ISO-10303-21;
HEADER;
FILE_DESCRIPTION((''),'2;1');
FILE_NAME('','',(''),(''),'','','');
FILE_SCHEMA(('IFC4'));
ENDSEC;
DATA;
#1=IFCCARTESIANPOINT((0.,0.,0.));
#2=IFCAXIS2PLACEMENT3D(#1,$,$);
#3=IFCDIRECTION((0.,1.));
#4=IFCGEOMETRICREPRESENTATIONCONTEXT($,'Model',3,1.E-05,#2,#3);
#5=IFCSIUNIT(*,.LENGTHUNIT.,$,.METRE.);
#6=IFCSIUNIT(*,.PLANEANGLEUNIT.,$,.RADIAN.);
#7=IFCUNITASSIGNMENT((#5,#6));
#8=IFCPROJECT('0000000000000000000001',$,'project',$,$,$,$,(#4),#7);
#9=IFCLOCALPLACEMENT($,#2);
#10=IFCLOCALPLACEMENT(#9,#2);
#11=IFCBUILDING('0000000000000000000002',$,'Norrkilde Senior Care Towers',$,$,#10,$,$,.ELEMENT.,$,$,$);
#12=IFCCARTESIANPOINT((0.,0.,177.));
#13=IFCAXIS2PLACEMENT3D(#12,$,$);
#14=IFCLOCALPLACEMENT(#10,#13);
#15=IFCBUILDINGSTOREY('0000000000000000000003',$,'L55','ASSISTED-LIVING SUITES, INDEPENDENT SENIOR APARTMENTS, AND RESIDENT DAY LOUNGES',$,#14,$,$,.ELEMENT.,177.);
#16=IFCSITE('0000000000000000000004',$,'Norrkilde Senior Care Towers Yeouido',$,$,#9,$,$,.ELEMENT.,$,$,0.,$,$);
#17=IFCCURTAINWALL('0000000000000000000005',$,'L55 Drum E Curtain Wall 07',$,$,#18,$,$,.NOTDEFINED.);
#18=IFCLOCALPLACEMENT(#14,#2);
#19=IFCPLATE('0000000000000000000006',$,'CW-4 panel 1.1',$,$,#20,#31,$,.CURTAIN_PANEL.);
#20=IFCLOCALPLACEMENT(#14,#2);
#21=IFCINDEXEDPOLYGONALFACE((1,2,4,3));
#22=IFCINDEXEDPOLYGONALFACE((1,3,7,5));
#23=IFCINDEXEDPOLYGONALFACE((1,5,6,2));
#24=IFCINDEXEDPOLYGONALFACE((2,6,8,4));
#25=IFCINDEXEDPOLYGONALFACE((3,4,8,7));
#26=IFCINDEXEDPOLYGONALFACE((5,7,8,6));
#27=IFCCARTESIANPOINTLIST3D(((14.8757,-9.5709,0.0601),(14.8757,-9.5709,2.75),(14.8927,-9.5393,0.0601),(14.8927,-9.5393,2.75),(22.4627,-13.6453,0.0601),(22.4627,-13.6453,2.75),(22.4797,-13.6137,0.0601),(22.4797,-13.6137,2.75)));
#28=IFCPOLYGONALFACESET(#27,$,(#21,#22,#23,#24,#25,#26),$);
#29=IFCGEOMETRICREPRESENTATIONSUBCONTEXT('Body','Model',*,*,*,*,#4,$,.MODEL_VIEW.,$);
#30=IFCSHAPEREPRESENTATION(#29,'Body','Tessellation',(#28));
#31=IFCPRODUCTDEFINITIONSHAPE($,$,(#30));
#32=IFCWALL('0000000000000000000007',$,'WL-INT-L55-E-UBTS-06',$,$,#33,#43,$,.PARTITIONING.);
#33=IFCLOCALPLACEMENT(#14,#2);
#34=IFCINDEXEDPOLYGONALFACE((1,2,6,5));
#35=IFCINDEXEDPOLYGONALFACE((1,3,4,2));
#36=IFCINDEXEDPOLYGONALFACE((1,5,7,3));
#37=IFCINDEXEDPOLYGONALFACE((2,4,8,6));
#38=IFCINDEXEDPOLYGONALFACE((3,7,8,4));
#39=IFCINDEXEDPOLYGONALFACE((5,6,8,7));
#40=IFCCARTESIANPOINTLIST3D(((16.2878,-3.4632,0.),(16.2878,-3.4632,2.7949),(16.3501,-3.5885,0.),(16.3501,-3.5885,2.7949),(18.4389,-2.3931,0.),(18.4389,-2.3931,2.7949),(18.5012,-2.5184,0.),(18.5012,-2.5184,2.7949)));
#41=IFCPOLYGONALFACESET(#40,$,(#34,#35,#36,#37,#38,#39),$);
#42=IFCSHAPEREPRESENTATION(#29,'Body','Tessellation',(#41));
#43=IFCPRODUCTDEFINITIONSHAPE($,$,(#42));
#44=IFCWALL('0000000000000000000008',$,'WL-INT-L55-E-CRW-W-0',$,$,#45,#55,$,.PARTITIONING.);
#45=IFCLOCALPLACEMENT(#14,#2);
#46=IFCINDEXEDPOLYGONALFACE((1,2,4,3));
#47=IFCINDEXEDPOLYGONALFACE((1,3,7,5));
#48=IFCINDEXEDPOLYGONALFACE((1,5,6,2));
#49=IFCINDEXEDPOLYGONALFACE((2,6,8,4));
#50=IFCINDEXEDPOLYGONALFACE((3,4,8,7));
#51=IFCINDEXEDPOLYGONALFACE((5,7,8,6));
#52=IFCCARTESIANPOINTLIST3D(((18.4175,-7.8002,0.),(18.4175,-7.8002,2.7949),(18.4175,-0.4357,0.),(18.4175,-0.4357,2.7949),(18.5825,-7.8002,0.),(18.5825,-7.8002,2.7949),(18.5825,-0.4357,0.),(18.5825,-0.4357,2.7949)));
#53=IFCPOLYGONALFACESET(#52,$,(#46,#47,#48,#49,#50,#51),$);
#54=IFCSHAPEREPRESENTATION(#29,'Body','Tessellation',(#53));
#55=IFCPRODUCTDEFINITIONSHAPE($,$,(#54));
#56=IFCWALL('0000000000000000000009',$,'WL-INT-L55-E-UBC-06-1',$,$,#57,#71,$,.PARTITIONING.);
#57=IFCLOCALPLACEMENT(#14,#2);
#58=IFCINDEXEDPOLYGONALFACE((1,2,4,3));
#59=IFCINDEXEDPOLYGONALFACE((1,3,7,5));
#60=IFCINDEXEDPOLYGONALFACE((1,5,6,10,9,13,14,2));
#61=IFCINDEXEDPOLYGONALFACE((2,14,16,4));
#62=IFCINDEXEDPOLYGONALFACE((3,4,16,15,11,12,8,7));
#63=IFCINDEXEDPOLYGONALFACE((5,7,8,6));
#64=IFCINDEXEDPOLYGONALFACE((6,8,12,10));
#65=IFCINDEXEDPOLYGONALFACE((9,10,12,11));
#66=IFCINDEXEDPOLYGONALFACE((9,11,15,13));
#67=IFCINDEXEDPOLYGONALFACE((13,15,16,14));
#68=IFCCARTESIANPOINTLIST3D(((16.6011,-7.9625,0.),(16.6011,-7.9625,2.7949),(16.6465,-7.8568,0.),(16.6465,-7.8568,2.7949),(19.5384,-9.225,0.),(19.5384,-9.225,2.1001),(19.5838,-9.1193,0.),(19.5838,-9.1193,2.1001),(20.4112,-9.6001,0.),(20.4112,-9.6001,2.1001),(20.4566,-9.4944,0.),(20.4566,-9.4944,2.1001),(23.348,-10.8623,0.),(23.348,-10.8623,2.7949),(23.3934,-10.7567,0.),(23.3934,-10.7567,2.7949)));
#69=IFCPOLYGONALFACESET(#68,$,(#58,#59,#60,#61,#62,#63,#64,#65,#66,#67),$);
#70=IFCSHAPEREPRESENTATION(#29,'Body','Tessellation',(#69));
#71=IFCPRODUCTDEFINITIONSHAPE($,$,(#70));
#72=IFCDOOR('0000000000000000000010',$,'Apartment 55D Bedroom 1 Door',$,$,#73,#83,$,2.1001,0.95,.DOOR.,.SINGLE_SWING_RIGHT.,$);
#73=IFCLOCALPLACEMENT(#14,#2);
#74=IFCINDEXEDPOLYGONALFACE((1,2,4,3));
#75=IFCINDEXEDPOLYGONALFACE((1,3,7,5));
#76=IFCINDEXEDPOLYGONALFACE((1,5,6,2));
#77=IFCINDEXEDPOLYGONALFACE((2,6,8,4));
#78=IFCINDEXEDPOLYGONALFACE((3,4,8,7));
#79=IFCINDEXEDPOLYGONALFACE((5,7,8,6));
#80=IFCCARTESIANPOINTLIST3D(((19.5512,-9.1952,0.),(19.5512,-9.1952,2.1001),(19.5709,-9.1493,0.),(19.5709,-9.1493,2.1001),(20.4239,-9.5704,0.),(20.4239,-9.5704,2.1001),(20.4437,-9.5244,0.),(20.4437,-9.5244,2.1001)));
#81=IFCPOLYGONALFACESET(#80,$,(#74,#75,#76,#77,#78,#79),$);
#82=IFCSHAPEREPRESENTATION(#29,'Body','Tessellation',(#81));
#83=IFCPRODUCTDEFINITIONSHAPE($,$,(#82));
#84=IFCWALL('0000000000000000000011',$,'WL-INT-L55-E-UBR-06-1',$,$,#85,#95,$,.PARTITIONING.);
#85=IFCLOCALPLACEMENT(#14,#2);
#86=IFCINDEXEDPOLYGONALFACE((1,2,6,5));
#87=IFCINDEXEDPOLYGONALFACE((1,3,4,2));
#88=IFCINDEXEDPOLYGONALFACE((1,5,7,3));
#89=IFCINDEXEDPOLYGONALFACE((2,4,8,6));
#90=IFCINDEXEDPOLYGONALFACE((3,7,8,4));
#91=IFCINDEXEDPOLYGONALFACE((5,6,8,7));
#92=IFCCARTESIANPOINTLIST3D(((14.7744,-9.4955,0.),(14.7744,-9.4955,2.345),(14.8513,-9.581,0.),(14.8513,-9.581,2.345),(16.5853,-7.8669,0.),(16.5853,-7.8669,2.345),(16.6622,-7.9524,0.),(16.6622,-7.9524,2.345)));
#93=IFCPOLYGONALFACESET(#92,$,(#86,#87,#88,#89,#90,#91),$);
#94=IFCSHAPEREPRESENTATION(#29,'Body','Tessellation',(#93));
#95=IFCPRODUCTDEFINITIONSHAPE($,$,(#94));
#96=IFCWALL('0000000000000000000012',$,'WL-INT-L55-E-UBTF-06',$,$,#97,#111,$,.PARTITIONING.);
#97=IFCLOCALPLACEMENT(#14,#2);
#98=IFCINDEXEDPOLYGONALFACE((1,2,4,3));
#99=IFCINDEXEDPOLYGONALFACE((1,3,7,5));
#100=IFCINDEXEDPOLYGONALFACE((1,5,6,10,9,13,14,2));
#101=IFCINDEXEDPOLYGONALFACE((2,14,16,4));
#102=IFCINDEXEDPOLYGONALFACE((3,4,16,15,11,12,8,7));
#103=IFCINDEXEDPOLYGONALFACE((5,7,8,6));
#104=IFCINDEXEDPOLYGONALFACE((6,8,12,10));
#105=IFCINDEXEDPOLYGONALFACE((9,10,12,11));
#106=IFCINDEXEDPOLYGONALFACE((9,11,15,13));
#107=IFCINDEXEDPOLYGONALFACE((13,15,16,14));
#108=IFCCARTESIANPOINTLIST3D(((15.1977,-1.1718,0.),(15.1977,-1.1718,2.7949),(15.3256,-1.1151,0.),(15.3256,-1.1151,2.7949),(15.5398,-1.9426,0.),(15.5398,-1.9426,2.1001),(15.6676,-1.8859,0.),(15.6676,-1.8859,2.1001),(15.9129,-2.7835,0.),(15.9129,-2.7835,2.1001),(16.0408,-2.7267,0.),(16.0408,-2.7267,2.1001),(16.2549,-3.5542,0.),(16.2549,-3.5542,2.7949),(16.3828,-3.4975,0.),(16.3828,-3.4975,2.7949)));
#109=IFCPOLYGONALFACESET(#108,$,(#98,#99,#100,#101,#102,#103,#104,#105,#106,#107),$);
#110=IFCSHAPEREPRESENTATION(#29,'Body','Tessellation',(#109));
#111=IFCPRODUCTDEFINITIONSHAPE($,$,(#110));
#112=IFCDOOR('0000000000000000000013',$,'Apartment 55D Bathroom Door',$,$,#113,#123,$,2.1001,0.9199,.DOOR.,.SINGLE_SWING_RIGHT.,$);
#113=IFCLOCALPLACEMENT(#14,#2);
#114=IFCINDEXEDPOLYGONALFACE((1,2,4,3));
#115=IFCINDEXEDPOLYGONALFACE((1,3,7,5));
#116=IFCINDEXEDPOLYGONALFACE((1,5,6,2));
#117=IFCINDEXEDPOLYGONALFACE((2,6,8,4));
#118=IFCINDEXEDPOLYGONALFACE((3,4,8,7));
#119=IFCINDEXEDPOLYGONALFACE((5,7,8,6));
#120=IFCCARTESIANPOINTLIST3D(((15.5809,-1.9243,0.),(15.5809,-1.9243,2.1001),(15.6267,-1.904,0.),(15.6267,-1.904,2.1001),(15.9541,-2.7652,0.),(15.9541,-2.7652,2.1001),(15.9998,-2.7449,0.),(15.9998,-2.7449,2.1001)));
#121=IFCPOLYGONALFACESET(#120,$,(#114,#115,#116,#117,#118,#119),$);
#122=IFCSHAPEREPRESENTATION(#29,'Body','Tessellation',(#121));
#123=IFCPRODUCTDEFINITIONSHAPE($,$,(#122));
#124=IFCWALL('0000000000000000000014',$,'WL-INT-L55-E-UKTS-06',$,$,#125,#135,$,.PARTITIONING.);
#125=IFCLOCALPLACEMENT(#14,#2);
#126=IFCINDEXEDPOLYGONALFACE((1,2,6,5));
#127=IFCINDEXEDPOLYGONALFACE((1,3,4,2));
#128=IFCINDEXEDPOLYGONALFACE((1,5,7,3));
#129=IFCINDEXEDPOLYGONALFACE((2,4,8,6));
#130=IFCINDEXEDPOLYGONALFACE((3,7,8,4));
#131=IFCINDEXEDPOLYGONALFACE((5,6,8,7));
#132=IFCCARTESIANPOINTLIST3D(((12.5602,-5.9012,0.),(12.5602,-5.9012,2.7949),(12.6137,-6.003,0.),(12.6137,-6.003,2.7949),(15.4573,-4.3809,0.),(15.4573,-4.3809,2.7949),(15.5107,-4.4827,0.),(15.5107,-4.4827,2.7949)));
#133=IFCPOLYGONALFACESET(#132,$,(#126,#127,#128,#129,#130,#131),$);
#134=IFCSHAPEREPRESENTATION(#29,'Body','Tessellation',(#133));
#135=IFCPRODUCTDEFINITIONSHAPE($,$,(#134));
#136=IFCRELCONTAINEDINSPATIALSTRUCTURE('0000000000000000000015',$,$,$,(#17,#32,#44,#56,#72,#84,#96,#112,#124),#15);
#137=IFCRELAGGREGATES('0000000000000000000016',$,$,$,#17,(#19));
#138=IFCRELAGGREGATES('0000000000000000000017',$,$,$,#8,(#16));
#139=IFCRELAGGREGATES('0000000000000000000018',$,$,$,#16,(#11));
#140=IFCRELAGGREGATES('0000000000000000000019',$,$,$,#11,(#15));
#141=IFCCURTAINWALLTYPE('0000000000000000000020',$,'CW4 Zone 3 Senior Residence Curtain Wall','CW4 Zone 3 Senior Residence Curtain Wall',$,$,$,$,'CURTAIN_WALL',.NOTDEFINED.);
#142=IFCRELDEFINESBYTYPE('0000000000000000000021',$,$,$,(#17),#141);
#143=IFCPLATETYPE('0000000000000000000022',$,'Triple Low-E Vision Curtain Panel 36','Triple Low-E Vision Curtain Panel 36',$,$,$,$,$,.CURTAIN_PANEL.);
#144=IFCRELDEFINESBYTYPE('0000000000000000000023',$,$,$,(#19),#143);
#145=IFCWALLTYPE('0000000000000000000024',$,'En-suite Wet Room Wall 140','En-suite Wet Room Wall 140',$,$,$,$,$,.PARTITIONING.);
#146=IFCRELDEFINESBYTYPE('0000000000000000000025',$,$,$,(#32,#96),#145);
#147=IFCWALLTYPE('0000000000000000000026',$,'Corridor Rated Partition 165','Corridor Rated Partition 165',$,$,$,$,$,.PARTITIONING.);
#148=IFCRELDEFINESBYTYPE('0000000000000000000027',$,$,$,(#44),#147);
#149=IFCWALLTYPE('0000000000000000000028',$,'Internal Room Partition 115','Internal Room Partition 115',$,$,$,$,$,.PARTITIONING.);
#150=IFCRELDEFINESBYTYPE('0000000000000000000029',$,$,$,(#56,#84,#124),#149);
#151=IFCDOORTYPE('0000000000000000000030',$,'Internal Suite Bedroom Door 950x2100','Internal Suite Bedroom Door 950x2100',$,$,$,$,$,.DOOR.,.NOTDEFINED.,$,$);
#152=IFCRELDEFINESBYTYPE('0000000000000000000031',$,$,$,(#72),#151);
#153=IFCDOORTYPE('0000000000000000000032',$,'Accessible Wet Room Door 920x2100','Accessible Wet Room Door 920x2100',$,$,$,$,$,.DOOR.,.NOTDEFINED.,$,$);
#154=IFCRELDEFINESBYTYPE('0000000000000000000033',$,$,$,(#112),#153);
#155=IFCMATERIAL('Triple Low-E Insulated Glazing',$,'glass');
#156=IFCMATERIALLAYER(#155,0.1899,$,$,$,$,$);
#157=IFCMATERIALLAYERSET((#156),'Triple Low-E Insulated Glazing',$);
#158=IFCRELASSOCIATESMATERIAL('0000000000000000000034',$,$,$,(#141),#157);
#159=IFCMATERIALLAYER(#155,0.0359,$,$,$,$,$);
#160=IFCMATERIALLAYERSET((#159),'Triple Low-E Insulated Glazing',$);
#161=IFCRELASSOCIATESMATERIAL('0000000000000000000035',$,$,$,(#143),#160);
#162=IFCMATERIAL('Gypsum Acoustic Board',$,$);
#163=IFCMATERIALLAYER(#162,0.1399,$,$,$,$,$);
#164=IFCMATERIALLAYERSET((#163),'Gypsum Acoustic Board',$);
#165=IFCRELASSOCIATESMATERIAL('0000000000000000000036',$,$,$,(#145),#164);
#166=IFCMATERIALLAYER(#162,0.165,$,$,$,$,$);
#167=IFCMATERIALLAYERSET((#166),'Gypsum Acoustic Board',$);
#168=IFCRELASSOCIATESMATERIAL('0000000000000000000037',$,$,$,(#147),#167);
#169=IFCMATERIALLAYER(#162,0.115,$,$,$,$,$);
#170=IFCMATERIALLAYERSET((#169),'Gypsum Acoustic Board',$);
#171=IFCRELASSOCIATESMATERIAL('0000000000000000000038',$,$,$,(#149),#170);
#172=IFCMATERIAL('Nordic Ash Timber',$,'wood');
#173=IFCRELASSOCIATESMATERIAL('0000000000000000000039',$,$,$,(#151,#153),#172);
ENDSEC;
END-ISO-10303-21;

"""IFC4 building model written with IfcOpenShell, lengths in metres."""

from ifc_helpers import new_model, si_unit, direction, frame, frame_2d, origin, origin_2d, place, context, subcontext, project, spatial, rectangle, extrude, source, transform, mapped, material, layer, layer_set, type_object, type_shapes, element, fill, aggregate, save


model = new_model("IFC4")

# Units and contexts
model_context = context("Model", 3, precision=1e-05, world=origin(), true_north=direction((0.0, 1.0)))
body_context = subcontext(model_context, "Body", "Model", "MODEL_VIEW")
ifc_project = project(units=[si_unit("LENGTHUNIT", "METRE"), si_unit("PLANEANGLEUNIT", "RADIAN")], contexts=[model_context])

# Site, building, storey
site_placement = place(None, origin())
site = spatial("IfcSite", under=ifc_project, at=site_placement, Name="Norrkilde Senior Care Towers Yeouido", CompositionType="ELEMENT", RefElevation=0.0)
building_placement = place(site_placement, origin())
building = spatial("IfcBuilding", under=site, at=building_placement, Name="Norrkilde Senior Care Towers", CompositionType="ELEMENT")
storey_placement = place(building_placement, frame((0.0, 0.0, 177.0)))
storey = spatial("IfcBuildingStorey", under=building, at=storey_placement, Name="L55", Description="ASSISTED-LIVING SUITES, INDEPENDENT SENIOR APARTMENTS, AND RESIDENT DAY LOUNGES", CompositionType="ELEMENT", Elevation=177.0)

# Shared definitions
ifc_material_1 = material(Name="Triple Low-E Insulated Glazing", Category="glass")
ifc_layer_1 = layer(ifc_material_1, 0.1899)
ifc_layer_set_1 = layer_set([ifc_layer_1], Name="Triple Low-E Insulated Glazing")
curtain_wall_type = type_object("IfcCurtainWallType", Name="CW4 Zone 3 Senior Residence Curtain Wall", Description="CW4 Zone 3 Senior Residence Curtain Wall", ElementType="CURTAIN_WALL", PredefinedType="NOTDEFINED", material=ifc_layer_set_1)

# Curtain wall
curtain_wall_1_placement = place(storey_placement, origin())
curtain_wall_1 = element("IfcCurtainWall", 1, at=curtain_wall_1_placement, inside=storey, type_object=curtain_wall_type, Name="L55 Drum E Curtain Wall 07", PredefinedType="NOTDEFINED")

# Plate
ifc_layer_2 = layer(ifc_material_1, 0.0359)
ifc_layer_set_2 = layer_set([ifc_layer_2], Name="Triple Low-E Insulated Glazing")
plate_type = type_object("IfcPlateType", Name="Triple Low-E Vision Curtain Panel 36", Description="Triple Low-E Vision Curtain Panel 36", PredefinedType="CURTAIN_PANEL", material=ifc_layer_set_2)
shared_shape_1 = source(origin(), body_context, "Body", "SweptSolid", [
    extrude(rectangle(XDim=8.6118, YDim=0.0359, at=origin_2d()), origin(), (0.0, 0.0, 1.0), 2.6899),
])
plate_1_placement = place(storey_placement, frame((18.6777, -11.5923, 0.0601), z_axis=(0.0, 0.0, 1.0), x_axis=(-0.881, 0.473117, 0.0)))
plate_1 = element("IfcPlate", 2, at=plate_1_placement, type_object=plate_type, Name="CW-4 panel 1.1", PredefinedType="CURTAIN_PANEL", context=body_context, shape_type="MappedRepresentation", body=[
    mapped(shared_shape_1, transform((0.0, 0.0, 0.0), x_axis=(1.0, 0.0, 0.0), y_axis=(0.0, 1.0, 0.0), z_axis=(0.0, 0.0, 1.0), scale=1.0)),
])
aggregate(curtain_wall_1, [plate_1])

# Walls
ifc_material_2 = material(Name="Gypsum Acoustic Board")
ifc_layer_3 = layer(ifc_material_2, 0.1399)
ifc_layer_set_3 = layer_set([ifc_layer_3], Name="Gypsum Acoustic Board")
wall_type_1 = type_object("IfcWallType", Name="En-suite Wet Room Wall 140", Description="En-suite Wet Room Wall 140", PredefinedType="PARTITIONING", material=ifc_layer_set_3)
shared_shape_2 = source(origin(), body_context, "Body", "SweptSolid", [
    extrude(rectangle(XDim=2.4026, YDim=0.1399, at=frame_2d((1.2012, 0.0))), origin(), (0.0, 0.0, 1.0), 2.7949),
])
wall_1_placement = place(storey_placement, frame((18.47, -2.4558, 0.0), z_axis=(0.0, 0.0, 1.0), x_axis=(-0.89534, -0.445384, 0.0)))
element("IfcWall", 3, at=wall_1_placement, inside=storey, type_object=wall_type_1, Name="WL-INT-L55-E-UBTS-06", PredefinedType="PARTITIONING", context=body_context, shape_type="MappedRepresentation", body=[
    mapped(shared_shape_2, transform((0.0, 0.0, 0.0), x_axis=(1.0, 0.0, 0.0), y_axis=(0.0, 1.0, 0.0), z_axis=(0.0, 0.0, 1.0), scale=1.0)),
])
ifc_layer_4 = layer(ifc_material_2, 0.165)
ifc_layer_set_4 = layer_set([ifc_layer_4], Name="Gypsum Acoustic Board")
wall_type_2 = type_object("IfcWallType", Name="Corridor Rated Partition 165", Description="Corridor Rated Partition 165", PredefinedType="PARTITIONING", material=ifc_layer_set_4)
shared_shape_3 = source(origin(), body_context, "Body", "SweptSolid", [
    extrude(rectangle(XDim=7.3645, YDim=0.165, at=frame_2d((3.6821, 0.0))), origin(), (0.0, 0.0, 1.0), 2.7949),
])
type_shapes(wall_type_2, [shared_shape_3])
wall_2_placement = place(storey_placement, frame((18.5, -7.8, 0.0), z_axis=(0.0, 0.0, 1.0), x_axis=(0.0, 1.0, 0.0)))
element("IfcWall", 4, at=wall_2_placement, inside=storey, type_object=wall_type_2, Name="WL-INT-L55-E-CRW-W-0", PredefinedType="PARTITIONING", context=body_context, shape_type="MappedRepresentation", body=[
    mapped(shared_shape_3, transform((0.0, 0.0, 0.0), x_axis=(1.0, 0.0, 0.0), y_axis=(0.0, 1.0, 0.0), z_axis=(0.0, 0.0, 1.0), scale=1.0)),
])

# Wall, opening, door
ifc_layer_5 = layer(ifc_material_2, 0.115)
ifc_layer_set_5 = layer_set([ifc_layer_5], Name="Gypsum Acoustic Board")
wall_type_3 = type_object("IfcWallType", Name="Internal Room Partition 115", Description="Internal Room Partition 115", PredefinedType="PARTITIONING", material=ifc_layer_set_5)
shared_shape_4 = source(origin(), body_context, "Body", "SweptSolid", [
    extrude(rectangle(XDim=7.3438, YDim=0.115, at=frame_2d((3.6719, 0.0))), origin(), (0.0, 0.0, 1.0), 2.7949),
])
wall_3_placement = place(storey_placement, frame((16.6238, -7.9097, 0.0), z_axis=(0.0, 0.0, 1.0), x_axis=(0.918735, -0.394874, 0.0)))
wall_3 = element("IfcWall", 5, at=wall_3_placement, inside=storey, type_object=wall_type_3, Name="WL-INT-L55-E-UBC-06-1", PredefinedType="PARTITIONING", context=body_context, shape_type="MappedRepresentation", body=[
    mapped(shared_shape_4, transform((0.0, 0.0, 0.0), x_axis=(1.0, 0.0, 0.0), y_axis=(0.0, 1.0, 0.0), z_axis=(0.0, 0.0, 1.0), scale=1.0)),
])
opening_1_placement = place(wall_3_placement, frame((3.197, 0.0, 0.0)))
opening_1 = element("IfcOpeningElement", 6, at=opening_1_placement, cuts=wall_3, PredefinedType="OPENING", context=body_context, shape_type="SweptSolid", body=[
    extrude(rectangle(XDim=0.95, YDim=2.1001, at=frame_2d((0.4751, 1.05))), frame((0.0, 0.0674, 0.0), z_axis=(0.0, -1.0, 0.0), x_axis=(1.0, 0.0, 0.0)), (0.0, 0.0, 1.0), 0.135),
])
ifc_material_3 = material(Name="Nordic Ash Timber", Category="wood")
door_type_1 = type_object("IfcDoorType", Name="Internal Suite Bedroom Door 950x2100", Description="Internal Suite Bedroom Door 950x2100", OperationType="NOTDEFINED", PredefinedType="DOOR", material=ifc_material_3)
shared_shape_5 = source(origin(), body_context, "Body", "SweptSolid", [
    extrude(rectangle(XDim=0.95, YDim=2.1001, at=frame_2d((0.4751, 1.05))), frame((0.0, 0.0249, 0.0), z_axis=(0.0, -1.0, 0.0), x_axis=(1.0, 0.0, 0.0)), (0.0, 0.0, 1.0), 0.05),
])
type_shapes(door_type_1, [shared_shape_5])
door_1_placement = place(opening_1_placement, origin())
door_1 = element("IfcDoor", 7, at=door_1_placement, inside=storey, type_object=door_type_1, Name="Apartment 55D Bedroom 1 Door", OperationType="SINGLE_SWING_RIGHT", OverallHeight=2.1001, OverallWidth=0.95, PredefinedType="DOOR", context=body_context, shape_type="MappedRepresentation", body=[
    mapped(shared_shape_5, transform((0.0, 0.0, 0.0), x_axis=(1.0, 0.0, 0.0), y_axis=(0.0, 1.0, 0.0), z_axis=(0.0, 0.0, 1.0), scale=1.0)),
])
fill(opening_1, door_1)

# Wall
shared_shape_6 = source(origin(), body_context, "Body", "SweptSolid", [
    extrude(rectangle(XDim=2.4355, YDim=0.115, at=frame_2d((1.2178, 0.0))), origin(), (0.0, 0.0, 1.0), 2.345),
])
wall_4_placement = place(storey_placement, frame((16.6238, -7.9097, 0.0), z_axis=(0.0, 0.0, 1.0), x_axis=(-0.743553, -0.668677, 0.0)))
element("IfcWall", 8, at=wall_4_placement, inside=storey, type_object=wall_type_3, Name="WL-INT-L55-E-UBR-06-1", PredefinedType="PARTITIONING", context=body_context, shape_type="MappedRepresentation", body=[
    mapped(shared_shape_6, transform((0.0, 0.0, 0.0), x_axis=(1.0, 0.0, 0.0), y_axis=(0.0, 1.0, 0.0), z_axis=(0.0, 0.0, 1.0), scale=1.0)),
])

# Wall, opening, door
shared_shape_7 = source(origin(), body_context, "Body", "SweptSolid", [
    extrude(rectangle(XDim=2.6064, YDim=0.1399, at=frame_2d((1.3032, 0.0))), origin(), (0.0, 0.0, 1.0), 2.7949),
])
type_shapes(wall_type_1, [shared_shape_2, shared_shape_7])
wall_5_placement = place(storey_placement, frame((16.3188, -3.5259, 0.0), z_axis=(0.0, 0.0, 1.0), x_axis=(-0.4056, 0.914051, 0.0)))
wall_5 = element("IfcWall", 9, at=wall_5_placement, inside=storey, type_object=wall_type_1, Name="WL-INT-L55-E-UBTF-06", PredefinedType="PARTITIONING", context=body_context, shape_type="MappedRepresentation", body=[
    mapped(shared_shape_7, transform((0.0, 0.0, 0.0), x_axis=(1.0, 0.0, 0.0), y_axis=(0.0, 1.0, 0.0), z_axis=(0.0, 0.0, 1.0), scale=1.0)),
])
opening_2_placement = place(wall_5_placement, frame((0.8433, 0.0, 0.0)))
opening_2 = element("IfcOpeningElement", 10, at=opening_2_placement, cuts=wall_5, PredefinedType="OPENING", context=body_context, shape_type="SweptSolid", body=[
    extrude(rectangle(XDim=0.9199, YDim=2.1001, at=frame_2d((0.46, 1.05))), frame((0.0, 0.0798, 0.0), z_axis=(0.0, -1.0, 0.0), x_axis=(1.0, 0.0, 0.0)), (0.0, 0.0, 1.0), 0.1599),
])
door_type_2 = type_object("IfcDoorType", Name="Accessible Wet Room Door 920x2100", Description="Accessible Wet Room Door 920x2100", OperationType="NOTDEFINED", PredefinedType="DOOR", material=ifc_material_3)
shared_shape_8 = source(origin(), body_context, "Body", "SweptSolid", [
    extrude(rectangle(XDim=0.9199, YDim=2.1001, at=frame_2d((0.46, 1.05))), frame((0.0, 0.0249, 0.0), z_axis=(0.0, -1.0, 0.0), x_axis=(1.0, 0.0, 0.0)), (0.0, 0.0, 1.0), 0.05),
])
type_shapes(door_type_2, [shared_shape_8])
door_2_placement = place(opening_2_placement, origin())
door_2 = element("IfcDoor", 11, at=door_2_placement, inside=storey, type_object=door_type_2, Name="Apartment 55D Bathroom Door", OperationType="SINGLE_SWING_RIGHT", OverallHeight=2.1001, OverallWidth=0.9199, PredefinedType="DOOR", context=body_context, shape_type="MappedRepresentation", body=[
    mapped(shared_shape_8, transform((0.0, 0.0, 0.0), x_axis=(1.0, 0.0, 0.0), y_axis=(0.0, 1.0, 0.0), z_axis=(0.0, 0.0, 1.0), scale=1.0)),
])
fill(opening_2, door_2)

# Wall
shared_shape_9 = source(origin(), body_context, "Body", "SweptSolid", [
    extrude(rectangle(XDim=3.2717, YDim=0.115, at=frame_2d((1.6357, 0.0))), origin(), (0.0, 0.0, 1.0), 2.7949),
])
wall_6_placement = place(storey_placement, frame((15.4839, -4.4319, 0.0), z_axis=(0.0, 0.0, 1.0), x_axis=(-0.885479, -0.464679, 0.0)))
element("IfcWall", 12, at=wall_6_placement, inside=storey, type_object=wall_type_3, Name="WL-INT-L55-E-UKTS-06", PredefinedType="PARTITIONING", context=body_context, shape_type="MappedRepresentation", body=[
    mapped(shared_shape_9, transform((0.0, 0.0, 0.0), x_axis=(1.0, 0.0, 0.0), y_axis=(0.0, 1.0, 0.0), z_axis=(0.0, 0.0, 1.0), scale=1.0)),
])

save(model, "model.ifc")
